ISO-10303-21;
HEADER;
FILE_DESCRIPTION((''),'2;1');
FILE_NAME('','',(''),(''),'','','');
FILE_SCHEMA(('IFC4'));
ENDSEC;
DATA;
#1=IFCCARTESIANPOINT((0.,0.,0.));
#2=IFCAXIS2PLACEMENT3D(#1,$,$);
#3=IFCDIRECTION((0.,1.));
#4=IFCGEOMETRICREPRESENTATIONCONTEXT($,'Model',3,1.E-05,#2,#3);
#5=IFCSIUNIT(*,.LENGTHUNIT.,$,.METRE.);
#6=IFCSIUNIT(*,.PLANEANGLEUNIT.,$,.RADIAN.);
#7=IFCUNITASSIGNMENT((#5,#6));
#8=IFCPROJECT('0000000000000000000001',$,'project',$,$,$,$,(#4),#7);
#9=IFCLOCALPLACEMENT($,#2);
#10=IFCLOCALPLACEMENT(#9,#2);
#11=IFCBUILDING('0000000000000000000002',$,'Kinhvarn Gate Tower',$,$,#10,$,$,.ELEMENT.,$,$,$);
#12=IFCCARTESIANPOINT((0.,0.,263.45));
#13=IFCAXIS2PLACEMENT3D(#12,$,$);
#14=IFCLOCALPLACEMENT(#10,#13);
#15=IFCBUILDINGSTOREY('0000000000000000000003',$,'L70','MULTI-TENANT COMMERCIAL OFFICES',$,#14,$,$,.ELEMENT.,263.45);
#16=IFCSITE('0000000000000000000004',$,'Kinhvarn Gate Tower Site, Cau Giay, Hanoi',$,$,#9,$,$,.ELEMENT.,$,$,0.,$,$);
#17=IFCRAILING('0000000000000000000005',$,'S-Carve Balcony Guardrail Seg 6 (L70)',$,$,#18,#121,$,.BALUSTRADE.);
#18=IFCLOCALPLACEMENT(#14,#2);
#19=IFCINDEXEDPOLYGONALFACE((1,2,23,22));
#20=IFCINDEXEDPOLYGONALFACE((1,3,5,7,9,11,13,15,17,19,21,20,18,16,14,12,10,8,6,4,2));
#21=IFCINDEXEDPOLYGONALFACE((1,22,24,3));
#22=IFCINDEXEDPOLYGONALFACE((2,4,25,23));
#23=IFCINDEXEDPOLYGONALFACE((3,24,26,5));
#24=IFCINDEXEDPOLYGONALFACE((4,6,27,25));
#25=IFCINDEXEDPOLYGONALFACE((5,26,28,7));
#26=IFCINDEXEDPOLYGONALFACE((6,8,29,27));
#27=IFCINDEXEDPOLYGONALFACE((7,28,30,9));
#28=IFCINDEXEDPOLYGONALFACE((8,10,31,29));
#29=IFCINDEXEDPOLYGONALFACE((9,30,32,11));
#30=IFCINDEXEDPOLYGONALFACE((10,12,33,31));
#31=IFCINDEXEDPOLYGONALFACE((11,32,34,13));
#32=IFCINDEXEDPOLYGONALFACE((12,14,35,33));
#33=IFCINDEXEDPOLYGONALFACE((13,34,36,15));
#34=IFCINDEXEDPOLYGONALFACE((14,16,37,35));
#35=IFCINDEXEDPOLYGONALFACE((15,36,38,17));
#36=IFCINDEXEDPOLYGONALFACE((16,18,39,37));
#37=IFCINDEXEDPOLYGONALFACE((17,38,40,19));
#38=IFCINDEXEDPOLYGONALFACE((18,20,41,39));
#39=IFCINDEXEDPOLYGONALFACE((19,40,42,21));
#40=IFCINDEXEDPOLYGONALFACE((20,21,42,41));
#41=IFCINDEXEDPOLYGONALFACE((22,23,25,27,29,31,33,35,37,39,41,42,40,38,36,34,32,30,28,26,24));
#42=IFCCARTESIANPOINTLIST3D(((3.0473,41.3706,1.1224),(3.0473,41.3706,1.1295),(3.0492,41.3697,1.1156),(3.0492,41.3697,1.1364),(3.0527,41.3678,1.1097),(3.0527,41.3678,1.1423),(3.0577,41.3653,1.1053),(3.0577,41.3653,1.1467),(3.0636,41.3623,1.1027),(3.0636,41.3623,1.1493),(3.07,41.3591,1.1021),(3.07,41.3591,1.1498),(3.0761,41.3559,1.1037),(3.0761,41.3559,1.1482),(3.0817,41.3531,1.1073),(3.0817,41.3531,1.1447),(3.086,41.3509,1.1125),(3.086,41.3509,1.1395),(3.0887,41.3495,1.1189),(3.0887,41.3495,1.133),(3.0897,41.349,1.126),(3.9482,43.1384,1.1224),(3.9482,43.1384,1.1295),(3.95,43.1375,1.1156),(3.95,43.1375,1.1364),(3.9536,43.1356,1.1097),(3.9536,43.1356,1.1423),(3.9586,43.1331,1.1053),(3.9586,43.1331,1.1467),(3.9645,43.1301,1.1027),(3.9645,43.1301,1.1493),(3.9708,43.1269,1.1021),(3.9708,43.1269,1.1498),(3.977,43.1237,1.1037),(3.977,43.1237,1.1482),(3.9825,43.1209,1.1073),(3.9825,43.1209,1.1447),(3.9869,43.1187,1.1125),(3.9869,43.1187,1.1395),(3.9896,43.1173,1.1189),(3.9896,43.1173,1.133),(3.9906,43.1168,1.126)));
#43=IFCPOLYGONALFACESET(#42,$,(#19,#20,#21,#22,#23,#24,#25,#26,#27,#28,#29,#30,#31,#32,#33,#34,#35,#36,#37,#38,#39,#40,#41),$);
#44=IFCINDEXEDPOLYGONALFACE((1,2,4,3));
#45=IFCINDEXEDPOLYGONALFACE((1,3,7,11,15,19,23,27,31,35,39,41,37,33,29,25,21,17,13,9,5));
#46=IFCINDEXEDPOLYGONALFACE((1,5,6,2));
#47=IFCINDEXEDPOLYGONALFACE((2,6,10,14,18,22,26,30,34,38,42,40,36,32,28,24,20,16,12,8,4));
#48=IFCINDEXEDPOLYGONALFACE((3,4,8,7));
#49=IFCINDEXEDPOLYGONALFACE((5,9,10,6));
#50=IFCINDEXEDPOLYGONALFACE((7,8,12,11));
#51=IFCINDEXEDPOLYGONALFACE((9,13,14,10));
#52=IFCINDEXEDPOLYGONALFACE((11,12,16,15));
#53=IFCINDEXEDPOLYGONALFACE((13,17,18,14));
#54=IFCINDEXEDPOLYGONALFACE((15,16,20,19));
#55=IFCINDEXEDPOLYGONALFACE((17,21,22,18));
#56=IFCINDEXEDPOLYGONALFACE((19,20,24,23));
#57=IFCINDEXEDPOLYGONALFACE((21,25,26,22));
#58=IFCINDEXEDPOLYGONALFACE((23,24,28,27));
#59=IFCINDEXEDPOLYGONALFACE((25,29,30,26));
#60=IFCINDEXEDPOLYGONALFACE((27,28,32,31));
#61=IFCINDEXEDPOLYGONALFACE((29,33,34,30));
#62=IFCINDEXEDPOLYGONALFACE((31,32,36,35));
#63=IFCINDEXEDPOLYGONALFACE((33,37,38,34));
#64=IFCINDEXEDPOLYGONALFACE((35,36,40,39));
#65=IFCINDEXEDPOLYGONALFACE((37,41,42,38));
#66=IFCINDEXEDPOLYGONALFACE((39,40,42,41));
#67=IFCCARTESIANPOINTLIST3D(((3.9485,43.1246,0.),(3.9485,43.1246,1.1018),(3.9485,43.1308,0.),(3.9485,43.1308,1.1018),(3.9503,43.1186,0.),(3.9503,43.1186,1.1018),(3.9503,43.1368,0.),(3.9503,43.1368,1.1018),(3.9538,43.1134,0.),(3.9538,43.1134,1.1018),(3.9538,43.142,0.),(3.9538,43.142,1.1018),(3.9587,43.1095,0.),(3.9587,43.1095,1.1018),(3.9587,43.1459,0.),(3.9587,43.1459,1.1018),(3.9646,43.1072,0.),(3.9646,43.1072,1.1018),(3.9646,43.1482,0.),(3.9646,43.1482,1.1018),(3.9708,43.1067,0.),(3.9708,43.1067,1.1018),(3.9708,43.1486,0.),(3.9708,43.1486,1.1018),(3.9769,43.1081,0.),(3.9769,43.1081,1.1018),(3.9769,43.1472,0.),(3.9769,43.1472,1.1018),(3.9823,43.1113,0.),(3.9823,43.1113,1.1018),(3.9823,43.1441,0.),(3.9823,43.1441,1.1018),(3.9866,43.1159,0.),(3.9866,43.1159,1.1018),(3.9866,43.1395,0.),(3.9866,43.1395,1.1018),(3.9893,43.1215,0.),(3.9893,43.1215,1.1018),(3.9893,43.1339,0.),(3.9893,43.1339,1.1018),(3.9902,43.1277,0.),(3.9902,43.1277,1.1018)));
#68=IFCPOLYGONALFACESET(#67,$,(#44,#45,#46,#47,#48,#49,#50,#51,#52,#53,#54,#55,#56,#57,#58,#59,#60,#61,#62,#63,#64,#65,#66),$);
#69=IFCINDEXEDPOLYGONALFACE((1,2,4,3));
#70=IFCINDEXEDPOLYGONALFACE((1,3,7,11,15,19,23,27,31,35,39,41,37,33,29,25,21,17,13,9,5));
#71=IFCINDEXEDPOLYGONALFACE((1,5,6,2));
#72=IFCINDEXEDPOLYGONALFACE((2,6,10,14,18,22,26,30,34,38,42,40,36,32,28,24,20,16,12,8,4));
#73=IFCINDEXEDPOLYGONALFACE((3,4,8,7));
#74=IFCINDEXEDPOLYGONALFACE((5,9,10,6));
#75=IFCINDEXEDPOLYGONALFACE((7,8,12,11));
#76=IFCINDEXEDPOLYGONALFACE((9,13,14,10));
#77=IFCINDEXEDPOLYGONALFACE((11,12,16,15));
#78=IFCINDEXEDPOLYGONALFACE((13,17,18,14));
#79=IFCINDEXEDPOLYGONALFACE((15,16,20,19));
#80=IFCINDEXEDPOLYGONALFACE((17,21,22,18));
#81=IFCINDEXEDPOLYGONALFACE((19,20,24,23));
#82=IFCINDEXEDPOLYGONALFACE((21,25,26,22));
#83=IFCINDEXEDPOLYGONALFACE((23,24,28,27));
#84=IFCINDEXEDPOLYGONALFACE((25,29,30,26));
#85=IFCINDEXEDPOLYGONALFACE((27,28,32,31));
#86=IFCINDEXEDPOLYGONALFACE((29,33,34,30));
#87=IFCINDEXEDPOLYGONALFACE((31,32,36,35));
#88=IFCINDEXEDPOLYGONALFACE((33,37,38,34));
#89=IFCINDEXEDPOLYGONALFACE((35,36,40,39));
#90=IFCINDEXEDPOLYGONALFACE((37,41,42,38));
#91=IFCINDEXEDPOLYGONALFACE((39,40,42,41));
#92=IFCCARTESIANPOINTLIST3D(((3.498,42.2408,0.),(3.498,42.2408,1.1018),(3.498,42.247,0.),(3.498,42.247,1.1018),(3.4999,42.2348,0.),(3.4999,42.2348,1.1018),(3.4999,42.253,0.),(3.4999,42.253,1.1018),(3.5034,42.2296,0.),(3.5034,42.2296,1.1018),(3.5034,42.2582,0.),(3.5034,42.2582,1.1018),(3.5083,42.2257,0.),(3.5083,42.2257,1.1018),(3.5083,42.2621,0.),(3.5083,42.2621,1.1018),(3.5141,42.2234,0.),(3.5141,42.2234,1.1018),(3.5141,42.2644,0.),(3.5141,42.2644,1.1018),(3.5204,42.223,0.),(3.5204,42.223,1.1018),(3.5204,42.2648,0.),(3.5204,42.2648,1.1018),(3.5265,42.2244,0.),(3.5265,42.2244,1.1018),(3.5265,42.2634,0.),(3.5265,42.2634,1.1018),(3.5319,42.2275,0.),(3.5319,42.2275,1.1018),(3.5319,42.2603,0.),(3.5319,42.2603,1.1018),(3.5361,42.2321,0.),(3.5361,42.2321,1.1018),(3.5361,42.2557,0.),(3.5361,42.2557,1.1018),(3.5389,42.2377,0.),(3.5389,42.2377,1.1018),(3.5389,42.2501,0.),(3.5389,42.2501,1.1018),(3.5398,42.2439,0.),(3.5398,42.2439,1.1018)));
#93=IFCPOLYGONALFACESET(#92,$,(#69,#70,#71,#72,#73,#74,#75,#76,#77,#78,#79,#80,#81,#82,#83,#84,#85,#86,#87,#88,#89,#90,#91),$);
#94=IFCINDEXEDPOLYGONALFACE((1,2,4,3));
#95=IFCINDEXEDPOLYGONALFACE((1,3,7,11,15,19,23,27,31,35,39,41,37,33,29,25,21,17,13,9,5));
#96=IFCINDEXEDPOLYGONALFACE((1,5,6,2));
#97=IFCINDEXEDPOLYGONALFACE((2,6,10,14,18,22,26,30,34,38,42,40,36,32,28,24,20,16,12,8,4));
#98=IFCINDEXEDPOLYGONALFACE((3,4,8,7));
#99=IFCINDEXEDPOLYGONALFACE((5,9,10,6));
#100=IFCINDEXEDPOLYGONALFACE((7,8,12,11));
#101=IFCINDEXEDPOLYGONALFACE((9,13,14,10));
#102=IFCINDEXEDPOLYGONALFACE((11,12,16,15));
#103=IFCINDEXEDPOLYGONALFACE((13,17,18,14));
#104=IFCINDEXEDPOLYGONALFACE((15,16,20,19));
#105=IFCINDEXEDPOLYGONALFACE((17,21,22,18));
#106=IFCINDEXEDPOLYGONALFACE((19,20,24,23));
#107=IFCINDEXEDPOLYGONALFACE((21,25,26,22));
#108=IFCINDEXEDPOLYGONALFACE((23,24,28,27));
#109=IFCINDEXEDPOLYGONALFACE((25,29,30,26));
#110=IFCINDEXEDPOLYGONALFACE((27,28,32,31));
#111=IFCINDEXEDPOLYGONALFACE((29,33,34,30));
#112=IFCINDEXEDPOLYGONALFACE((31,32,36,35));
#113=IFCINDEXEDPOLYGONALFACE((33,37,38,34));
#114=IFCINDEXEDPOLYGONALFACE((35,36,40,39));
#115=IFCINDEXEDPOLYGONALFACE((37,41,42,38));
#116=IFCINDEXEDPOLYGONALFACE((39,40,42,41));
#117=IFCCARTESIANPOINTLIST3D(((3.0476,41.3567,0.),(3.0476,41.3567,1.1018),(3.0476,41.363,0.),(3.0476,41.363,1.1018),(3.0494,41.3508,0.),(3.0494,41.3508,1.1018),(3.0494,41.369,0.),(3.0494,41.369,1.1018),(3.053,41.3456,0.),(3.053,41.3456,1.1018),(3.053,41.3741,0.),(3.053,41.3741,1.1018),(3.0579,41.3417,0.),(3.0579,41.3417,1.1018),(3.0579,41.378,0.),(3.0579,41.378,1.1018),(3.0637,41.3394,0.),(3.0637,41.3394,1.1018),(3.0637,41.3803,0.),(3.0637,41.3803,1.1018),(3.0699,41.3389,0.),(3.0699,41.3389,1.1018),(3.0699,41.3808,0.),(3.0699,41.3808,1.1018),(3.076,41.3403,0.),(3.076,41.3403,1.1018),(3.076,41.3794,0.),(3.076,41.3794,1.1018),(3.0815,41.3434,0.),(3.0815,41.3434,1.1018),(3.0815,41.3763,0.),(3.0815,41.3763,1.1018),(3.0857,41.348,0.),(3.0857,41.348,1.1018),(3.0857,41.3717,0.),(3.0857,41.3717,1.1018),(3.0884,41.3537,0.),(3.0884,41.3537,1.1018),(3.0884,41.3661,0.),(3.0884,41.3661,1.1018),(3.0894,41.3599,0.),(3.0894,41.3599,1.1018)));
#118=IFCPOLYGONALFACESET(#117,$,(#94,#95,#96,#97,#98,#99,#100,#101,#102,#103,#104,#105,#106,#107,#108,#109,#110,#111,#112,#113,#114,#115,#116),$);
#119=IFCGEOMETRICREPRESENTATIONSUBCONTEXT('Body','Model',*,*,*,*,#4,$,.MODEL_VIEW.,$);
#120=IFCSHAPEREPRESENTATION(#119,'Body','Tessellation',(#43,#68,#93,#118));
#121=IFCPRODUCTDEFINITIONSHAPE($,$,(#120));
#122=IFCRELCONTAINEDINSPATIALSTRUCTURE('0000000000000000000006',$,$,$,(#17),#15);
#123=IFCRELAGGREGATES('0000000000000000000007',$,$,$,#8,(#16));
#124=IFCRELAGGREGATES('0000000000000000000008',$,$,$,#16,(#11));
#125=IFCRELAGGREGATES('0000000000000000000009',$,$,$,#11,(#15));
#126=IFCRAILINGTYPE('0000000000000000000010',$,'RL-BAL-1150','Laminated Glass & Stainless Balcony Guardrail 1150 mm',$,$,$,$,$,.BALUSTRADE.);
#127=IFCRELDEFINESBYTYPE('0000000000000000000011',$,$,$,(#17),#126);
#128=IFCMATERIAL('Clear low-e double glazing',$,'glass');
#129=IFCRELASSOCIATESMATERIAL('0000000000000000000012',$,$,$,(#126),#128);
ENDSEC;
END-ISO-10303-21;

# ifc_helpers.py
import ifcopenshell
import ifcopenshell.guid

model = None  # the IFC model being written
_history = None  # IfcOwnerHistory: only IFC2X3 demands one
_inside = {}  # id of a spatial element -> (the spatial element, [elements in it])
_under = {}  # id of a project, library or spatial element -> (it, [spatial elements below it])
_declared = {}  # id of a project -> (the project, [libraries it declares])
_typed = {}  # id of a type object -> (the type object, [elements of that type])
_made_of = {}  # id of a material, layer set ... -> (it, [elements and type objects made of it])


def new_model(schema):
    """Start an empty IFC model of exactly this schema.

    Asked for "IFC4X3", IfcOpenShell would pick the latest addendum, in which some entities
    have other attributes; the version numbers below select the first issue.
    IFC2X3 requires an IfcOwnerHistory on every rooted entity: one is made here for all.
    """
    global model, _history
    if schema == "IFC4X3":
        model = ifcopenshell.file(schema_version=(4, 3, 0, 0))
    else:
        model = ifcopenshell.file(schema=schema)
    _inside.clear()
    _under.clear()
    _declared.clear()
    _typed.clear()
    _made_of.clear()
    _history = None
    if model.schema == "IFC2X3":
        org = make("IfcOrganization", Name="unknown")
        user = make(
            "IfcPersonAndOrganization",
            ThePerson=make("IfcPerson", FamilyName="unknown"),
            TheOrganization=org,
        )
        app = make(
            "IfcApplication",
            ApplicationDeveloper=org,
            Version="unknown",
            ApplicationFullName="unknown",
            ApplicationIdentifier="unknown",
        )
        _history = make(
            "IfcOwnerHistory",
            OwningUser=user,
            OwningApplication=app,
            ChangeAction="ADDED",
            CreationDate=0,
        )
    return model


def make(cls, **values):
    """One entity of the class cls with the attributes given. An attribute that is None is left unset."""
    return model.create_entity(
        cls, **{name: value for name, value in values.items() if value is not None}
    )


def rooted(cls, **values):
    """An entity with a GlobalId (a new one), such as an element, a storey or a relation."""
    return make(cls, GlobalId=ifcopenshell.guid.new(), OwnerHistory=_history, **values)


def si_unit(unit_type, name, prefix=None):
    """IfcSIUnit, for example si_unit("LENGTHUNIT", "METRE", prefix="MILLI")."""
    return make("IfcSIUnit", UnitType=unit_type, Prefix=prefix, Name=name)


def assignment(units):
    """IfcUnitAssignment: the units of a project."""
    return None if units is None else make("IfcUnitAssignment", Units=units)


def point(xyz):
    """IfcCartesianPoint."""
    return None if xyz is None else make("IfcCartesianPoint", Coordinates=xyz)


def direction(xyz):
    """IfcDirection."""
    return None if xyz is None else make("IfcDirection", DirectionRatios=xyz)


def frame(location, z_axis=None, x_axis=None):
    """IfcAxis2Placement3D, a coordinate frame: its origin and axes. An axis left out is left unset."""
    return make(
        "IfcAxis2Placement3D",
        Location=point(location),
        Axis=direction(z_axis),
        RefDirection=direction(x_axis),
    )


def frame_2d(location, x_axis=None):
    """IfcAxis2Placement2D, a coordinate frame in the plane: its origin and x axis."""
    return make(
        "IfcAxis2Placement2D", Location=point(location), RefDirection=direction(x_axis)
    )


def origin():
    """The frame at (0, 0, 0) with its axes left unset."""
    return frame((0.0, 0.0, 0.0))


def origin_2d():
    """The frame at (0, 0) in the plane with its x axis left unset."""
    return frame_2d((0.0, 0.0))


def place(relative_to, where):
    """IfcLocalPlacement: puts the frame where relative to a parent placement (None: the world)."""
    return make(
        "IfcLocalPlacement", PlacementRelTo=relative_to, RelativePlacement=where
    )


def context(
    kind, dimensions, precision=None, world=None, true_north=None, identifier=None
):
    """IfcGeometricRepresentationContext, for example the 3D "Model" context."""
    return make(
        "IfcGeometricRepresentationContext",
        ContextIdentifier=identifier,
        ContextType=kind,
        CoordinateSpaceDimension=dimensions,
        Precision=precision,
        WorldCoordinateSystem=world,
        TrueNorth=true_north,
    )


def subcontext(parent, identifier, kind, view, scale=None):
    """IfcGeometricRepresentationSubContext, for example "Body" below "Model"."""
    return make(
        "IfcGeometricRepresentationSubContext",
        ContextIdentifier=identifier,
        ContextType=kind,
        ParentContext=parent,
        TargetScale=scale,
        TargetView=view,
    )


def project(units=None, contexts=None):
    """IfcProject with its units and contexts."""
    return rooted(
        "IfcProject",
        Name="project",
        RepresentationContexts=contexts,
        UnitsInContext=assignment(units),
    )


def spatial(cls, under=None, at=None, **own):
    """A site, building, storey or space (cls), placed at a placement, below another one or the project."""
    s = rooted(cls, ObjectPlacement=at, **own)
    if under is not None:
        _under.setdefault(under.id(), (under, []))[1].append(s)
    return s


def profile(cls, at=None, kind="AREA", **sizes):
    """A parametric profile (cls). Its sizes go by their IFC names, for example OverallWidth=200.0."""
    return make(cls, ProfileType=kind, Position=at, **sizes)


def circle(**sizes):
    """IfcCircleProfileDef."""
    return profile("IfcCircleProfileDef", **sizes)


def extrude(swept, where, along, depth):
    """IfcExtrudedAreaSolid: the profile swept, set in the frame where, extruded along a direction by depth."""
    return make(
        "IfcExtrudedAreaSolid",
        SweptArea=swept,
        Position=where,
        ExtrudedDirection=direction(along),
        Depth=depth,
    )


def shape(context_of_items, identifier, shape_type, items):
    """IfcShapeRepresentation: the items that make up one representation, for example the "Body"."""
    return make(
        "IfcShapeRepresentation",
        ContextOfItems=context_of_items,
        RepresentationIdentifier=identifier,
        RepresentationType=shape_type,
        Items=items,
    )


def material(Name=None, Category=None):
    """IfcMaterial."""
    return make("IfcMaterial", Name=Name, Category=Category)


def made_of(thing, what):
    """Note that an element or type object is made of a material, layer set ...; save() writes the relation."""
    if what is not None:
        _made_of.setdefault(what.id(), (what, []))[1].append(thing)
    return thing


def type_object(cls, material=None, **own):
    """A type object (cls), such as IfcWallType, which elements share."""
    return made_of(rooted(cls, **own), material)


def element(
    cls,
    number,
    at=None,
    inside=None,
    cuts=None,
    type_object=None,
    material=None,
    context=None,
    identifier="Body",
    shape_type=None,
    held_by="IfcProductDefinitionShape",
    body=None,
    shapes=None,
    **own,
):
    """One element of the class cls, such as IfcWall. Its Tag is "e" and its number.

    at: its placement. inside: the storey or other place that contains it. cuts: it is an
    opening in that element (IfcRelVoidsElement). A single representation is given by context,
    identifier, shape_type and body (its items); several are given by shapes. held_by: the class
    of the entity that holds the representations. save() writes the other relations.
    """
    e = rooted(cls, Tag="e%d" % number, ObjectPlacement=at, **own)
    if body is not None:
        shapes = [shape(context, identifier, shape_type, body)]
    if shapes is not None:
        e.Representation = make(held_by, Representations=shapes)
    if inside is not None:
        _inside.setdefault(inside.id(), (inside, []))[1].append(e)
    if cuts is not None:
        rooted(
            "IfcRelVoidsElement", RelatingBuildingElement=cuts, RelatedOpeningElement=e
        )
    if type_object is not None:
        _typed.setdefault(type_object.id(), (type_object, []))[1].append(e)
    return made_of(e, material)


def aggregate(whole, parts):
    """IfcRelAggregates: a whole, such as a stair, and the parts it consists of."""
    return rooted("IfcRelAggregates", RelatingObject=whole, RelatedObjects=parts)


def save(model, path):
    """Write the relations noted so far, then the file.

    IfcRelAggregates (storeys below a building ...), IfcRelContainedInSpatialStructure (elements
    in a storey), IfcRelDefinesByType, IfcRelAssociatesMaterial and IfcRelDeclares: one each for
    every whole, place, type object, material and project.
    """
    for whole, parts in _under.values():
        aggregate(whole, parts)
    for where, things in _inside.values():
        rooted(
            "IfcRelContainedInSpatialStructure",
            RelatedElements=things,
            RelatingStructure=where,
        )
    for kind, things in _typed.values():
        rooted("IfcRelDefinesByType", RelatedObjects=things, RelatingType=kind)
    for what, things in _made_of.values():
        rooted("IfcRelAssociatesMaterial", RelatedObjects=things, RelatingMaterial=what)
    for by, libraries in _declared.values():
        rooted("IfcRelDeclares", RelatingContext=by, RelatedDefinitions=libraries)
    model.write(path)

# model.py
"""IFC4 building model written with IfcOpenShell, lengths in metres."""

from ifc_helpers import new_model, si_unit, direction, frame, origin, origin_2d, place, context, subcontext, project, spatial, circle, extrude, material, type_object, element, save


model = new_model("IFC4")

# Units and contexts
model_context = context("Model", 3, precision=1e-05, world=origin(), true_north=direction((0.0, 1.0)))
body_context = subcontext(model_context, "Body", "Model", "MODEL_VIEW")
ifc_project = project(units=[si_unit("LENGTHUNIT", "METRE"), si_unit("PLANEANGLEUNIT", "RADIAN")], contexts=[model_context])

# Site, building, storey
site_placement = place(None, origin())
site = spatial("IfcSite", under=ifc_project, at=site_placement, Name="Kinhvarn Gate Tower Site, Cau Giay, Hanoi", CompositionType="ELEMENT", RefElevation=0.0)
building_placement = place(site_placement, origin())
building = spatial("IfcBuilding", under=site, at=building_placement, Name="Kinhvarn Gate Tower", CompositionType="ELEMENT")
storey_placement = place(building_placement, frame((0.0, 0.0, 263.45)))
storey = spatial("IfcBuildingStorey", under=building, at=storey_placement, Name="L70", Description="MULTI-TENANT COMMERCIAL OFFICES", CompositionType="ELEMENT", Elevation=263.45)

# Shared definitions
ifc_material_1 = material(Name="Clear low-e double glazing", Category="glass")

# Railing
railing_type = type_object("IfcRailingType", Name="RL-BAL-1150", Description="Laminated Glass & Stainless Balcony Guardrail 1150 mm", PredefinedType="BALUSTRADE", material=ifc_material_1)
railing_1_placement = place(storey_placement, frame((3.9692, 43.1277, 0.0)))
element("IfcRailing", 1, at=railing_1_placement, inside=storey, type_object=railing_type, Name="S-Carve Balcony Guardrail Seg 6 (L70)", PredefinedType="BALUSTRADE", context=body_context, shape_type="SweptSolid", body=[
    extrude(circle(Radius=0.0239, at=origin_2d()), frame((0.0, 0.0, 1.126), z_axis=(-0.454042, -0.89098, 0.0), x_axis=(0.89098, -0.454042, 0.0)), (0.0, 0.0, 1.0), 1.9841),
    extrude(circle(Radius=0.021, at=origin_2d()), origin(), (0.0, 0.0, 1.0), 1.1018),
    extrude(circle(Radius=0.021, at=origin_2d()), frame((-0.4504, -0.8838, 0.0)), (0.0, 0.0, 1.0), 1.1018),
    extrude(circle(Radius=0.021, at=origin_2d()), frame((-0.9009, -1.7678, 0.0)), (0.0, 0.0, 1.0), 1.1018),
])

save(model, "model.ifc")
